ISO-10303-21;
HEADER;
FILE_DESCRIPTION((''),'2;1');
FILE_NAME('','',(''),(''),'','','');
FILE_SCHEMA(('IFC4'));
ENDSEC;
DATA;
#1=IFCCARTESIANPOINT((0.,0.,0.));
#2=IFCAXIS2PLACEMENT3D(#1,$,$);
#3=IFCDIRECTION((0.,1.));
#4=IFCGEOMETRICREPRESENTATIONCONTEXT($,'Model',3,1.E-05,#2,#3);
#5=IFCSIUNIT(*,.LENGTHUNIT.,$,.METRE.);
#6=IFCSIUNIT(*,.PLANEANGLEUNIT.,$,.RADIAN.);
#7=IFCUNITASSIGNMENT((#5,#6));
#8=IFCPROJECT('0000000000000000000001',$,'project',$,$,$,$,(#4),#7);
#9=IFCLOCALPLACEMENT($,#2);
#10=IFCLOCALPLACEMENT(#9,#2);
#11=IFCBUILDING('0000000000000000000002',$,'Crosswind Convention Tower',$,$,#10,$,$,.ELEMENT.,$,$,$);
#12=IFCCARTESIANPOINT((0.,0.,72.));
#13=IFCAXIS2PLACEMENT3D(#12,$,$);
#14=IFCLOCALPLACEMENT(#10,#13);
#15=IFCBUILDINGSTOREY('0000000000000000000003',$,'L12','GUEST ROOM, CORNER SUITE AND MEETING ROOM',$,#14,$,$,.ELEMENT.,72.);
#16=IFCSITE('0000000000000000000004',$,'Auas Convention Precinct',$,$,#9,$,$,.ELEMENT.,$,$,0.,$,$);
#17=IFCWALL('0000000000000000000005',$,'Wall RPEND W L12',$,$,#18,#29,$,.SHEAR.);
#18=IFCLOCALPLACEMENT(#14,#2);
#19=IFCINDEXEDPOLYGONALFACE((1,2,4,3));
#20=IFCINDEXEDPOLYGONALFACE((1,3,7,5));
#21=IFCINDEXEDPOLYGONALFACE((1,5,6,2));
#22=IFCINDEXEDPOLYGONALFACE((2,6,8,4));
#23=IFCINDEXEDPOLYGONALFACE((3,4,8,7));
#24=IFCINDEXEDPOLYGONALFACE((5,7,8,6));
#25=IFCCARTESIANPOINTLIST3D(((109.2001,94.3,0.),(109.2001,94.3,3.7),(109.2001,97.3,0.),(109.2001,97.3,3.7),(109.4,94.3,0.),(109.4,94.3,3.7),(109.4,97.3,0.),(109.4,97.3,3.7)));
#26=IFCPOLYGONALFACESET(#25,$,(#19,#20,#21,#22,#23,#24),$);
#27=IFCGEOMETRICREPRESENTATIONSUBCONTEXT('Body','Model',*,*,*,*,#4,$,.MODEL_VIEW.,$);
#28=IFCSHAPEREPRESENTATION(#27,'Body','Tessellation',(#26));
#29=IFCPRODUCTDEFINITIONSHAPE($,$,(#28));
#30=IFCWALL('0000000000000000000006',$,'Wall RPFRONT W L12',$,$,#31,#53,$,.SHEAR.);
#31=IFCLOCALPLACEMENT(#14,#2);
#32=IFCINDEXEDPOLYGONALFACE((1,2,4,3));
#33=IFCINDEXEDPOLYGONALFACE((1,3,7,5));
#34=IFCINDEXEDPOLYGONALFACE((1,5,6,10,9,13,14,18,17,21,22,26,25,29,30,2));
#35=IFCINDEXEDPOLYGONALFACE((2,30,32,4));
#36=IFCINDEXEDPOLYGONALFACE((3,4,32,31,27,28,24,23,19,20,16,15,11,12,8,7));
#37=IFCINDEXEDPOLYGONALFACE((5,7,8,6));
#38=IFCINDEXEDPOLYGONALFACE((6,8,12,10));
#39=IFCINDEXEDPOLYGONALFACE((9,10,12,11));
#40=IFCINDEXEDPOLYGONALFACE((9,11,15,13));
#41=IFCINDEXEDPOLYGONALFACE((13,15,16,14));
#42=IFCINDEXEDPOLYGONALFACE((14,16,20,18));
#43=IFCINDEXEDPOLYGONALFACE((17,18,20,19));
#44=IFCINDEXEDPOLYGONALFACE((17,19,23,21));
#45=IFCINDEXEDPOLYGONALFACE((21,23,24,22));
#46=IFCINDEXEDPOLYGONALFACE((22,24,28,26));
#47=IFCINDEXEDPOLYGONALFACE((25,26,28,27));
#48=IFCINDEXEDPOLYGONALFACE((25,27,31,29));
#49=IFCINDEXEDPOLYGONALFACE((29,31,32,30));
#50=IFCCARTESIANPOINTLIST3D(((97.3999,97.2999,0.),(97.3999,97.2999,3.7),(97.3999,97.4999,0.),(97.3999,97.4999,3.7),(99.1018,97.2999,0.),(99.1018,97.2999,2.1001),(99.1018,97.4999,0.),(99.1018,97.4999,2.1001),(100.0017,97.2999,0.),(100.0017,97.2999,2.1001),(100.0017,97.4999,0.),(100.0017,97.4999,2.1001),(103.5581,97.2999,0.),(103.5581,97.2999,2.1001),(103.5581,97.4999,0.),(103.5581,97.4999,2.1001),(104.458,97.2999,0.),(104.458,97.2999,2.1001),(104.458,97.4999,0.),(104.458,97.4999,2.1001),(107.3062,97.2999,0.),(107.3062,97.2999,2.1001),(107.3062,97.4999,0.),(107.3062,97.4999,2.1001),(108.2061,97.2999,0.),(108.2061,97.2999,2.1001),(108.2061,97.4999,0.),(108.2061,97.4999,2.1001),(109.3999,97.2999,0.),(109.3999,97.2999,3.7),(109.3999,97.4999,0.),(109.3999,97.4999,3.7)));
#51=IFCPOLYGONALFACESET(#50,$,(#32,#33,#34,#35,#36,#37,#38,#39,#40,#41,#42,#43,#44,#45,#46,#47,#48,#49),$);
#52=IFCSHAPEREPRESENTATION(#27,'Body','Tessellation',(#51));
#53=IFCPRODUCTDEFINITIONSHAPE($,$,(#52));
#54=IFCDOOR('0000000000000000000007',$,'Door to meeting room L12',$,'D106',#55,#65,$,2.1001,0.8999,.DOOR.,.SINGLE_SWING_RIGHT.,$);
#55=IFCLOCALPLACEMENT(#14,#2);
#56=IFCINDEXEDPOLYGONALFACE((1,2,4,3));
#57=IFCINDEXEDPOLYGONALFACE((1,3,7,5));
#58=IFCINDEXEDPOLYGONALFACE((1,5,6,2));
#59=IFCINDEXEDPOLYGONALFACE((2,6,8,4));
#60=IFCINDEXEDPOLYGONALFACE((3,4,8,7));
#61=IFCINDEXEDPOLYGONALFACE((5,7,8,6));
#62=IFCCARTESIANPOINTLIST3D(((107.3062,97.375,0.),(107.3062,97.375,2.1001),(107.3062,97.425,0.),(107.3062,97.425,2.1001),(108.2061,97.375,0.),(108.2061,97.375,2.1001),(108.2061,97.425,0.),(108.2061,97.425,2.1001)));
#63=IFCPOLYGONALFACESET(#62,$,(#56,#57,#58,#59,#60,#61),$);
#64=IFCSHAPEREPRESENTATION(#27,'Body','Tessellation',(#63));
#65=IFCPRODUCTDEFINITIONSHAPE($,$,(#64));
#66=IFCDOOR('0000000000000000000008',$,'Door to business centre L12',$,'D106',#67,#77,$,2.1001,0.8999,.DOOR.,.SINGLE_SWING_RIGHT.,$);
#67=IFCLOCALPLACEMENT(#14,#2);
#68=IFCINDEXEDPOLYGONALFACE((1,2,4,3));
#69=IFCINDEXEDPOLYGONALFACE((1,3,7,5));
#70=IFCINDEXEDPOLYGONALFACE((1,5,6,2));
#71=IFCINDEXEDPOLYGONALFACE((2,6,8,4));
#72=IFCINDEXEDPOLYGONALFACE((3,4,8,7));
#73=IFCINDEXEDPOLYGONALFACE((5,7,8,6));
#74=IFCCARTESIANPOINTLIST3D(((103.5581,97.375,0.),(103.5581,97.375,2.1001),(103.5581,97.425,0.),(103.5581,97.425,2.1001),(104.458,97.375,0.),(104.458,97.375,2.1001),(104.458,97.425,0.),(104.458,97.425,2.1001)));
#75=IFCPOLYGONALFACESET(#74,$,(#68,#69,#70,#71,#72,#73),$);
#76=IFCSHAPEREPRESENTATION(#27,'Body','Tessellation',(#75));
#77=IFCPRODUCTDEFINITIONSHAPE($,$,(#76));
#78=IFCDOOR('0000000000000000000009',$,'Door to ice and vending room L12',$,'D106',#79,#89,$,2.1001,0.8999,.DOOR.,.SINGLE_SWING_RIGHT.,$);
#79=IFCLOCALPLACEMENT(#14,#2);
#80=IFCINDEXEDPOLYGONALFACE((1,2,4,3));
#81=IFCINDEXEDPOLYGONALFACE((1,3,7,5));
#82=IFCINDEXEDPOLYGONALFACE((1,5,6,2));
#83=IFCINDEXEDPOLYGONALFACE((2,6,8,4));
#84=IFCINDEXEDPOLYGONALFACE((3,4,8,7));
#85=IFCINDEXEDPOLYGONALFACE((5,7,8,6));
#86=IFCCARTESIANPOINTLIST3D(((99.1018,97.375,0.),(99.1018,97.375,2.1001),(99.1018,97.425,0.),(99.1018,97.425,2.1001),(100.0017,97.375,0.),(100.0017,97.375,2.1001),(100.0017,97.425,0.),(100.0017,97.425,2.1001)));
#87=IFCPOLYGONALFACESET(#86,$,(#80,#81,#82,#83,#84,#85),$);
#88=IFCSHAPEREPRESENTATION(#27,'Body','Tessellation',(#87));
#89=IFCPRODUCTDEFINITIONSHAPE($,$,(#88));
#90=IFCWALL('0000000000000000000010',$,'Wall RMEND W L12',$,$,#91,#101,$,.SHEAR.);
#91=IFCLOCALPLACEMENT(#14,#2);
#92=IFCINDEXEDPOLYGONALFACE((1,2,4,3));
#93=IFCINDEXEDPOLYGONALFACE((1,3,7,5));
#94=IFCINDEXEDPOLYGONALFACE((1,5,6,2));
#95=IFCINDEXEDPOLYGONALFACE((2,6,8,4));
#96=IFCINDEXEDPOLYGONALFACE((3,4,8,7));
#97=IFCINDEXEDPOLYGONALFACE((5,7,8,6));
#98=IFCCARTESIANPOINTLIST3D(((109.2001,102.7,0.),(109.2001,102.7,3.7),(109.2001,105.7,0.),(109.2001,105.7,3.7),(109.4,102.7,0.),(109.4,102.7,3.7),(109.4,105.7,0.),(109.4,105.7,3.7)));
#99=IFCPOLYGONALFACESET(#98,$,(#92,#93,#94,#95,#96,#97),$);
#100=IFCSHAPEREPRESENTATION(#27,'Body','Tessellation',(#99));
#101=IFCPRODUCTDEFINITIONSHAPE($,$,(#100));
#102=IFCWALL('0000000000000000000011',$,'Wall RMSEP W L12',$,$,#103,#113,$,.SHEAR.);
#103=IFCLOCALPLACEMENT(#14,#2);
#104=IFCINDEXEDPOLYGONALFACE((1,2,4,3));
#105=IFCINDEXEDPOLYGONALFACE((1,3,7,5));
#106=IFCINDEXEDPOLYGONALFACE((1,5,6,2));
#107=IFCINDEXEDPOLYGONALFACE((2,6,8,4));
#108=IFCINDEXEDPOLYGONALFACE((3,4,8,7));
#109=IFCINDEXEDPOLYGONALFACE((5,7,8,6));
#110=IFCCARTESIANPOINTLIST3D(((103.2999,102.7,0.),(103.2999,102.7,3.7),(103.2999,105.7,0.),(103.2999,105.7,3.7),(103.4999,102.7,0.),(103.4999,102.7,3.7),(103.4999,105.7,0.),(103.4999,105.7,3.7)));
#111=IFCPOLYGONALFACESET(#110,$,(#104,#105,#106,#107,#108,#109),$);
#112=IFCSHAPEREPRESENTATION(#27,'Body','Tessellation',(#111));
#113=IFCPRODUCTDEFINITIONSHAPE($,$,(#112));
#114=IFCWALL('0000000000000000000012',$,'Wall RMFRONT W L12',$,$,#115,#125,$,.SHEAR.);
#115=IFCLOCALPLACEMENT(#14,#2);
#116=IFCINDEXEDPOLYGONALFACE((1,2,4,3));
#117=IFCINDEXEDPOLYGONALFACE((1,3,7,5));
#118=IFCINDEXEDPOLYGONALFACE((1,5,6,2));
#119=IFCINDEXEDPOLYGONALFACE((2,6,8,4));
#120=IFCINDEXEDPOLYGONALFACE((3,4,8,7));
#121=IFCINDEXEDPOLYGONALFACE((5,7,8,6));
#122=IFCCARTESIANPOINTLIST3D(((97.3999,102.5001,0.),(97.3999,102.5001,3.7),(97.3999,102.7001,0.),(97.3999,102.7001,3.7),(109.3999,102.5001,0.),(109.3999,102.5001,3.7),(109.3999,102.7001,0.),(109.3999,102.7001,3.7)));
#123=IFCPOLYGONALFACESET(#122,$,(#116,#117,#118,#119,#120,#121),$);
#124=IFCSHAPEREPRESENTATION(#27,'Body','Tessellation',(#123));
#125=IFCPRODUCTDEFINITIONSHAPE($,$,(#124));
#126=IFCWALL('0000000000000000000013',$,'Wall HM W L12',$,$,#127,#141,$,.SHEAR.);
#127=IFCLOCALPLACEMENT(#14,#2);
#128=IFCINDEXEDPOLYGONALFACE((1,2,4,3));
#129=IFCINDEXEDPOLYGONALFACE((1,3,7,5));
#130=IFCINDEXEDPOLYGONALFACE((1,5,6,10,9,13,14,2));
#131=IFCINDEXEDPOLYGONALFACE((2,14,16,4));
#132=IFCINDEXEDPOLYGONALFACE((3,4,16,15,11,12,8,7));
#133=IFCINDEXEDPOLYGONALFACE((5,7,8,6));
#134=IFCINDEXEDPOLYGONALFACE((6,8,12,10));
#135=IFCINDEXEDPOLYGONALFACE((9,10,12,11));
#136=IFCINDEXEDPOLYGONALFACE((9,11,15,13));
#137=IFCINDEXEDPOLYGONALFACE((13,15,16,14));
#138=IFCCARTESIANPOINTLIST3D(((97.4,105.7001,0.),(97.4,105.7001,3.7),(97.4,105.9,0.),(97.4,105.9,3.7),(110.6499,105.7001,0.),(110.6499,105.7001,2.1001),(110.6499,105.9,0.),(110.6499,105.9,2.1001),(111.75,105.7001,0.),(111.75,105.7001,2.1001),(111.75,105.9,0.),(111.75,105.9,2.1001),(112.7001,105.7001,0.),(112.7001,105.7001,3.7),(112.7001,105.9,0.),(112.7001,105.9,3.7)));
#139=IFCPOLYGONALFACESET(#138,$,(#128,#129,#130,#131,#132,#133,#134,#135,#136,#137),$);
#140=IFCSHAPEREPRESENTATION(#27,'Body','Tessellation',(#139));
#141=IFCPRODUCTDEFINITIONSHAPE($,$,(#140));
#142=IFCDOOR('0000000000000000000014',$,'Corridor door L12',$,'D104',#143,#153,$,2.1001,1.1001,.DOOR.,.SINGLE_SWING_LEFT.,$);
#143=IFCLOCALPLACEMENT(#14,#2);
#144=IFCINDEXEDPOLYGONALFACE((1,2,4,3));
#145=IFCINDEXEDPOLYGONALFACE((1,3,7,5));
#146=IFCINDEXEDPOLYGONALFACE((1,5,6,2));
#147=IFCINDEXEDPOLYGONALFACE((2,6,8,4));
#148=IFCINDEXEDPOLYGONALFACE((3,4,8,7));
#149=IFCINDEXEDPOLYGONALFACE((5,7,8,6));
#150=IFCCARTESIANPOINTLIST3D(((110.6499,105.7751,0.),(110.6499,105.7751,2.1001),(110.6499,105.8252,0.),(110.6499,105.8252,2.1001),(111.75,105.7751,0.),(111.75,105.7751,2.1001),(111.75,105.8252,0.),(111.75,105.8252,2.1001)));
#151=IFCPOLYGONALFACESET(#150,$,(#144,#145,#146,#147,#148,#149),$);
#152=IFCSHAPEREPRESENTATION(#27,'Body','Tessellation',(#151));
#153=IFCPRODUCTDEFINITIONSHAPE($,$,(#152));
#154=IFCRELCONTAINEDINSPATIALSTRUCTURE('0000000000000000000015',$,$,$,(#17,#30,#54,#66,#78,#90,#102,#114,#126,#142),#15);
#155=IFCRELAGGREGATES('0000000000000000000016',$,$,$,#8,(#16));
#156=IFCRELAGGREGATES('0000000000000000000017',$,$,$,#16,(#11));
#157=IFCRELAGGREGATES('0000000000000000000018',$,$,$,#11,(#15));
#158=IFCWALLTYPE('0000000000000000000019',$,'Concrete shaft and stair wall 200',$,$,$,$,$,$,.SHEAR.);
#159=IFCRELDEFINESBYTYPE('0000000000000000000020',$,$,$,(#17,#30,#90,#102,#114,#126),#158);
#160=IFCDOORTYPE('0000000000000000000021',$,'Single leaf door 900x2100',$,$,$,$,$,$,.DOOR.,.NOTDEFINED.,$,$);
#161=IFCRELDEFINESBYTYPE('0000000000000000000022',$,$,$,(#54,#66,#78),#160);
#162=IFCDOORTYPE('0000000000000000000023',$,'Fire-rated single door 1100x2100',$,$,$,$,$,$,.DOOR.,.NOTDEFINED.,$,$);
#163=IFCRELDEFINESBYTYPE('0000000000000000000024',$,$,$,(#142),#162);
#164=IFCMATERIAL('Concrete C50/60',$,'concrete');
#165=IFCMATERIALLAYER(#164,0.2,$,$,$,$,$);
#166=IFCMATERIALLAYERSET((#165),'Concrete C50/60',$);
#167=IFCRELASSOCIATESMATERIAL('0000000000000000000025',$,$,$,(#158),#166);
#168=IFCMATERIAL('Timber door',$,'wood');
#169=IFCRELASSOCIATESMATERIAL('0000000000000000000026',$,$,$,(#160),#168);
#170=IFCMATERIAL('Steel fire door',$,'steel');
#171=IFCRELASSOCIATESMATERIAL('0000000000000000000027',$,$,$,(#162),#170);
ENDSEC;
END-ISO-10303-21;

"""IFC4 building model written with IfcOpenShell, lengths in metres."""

from ifc_helpers import new_model, si_unit, direction, frame, frame_2d, origin, place, context, subcontext, project, spatial, rectangle, extrude, material, layer, layer_set, type_object, element, fill, save


model = new_model("IFC4")

# Units and contexts
model_context = context("Model", 3, precision=1e-05, world=origin(), true_north=direction((0.0, 1.0)))
body_context = subcontext(model_context, "Body", "Model", "MODEL_VIEW")
ifc_project = project(units=[si_unit("LENGTHUNIT", "METRE"), si_unit("PLANEANGLEUNIT", "RADIAN")], contexts=[model_context])

# Site, building, storey
site_placement = place(None, origin())
site = spatial("IfcSite", under=ifc_project, at=site_placement, Name="Auas Convention Precinct", CompositionType="ELEMENT", RefElevation=0.0)
building_placement = place(site_placement, origin())
building = spatial("IfcBuilding", under=site, at=building_placement, Name="Crosswind Convention Tower", CompositionType="ELEMENT")
storey_placement = place(building_placement, frame((0.0, 0.0, 72.0)))
storey = spatial("IfcBuildingStorey", under=building, at=storey_placement, Name="L12", Description="GUEST ROOM, CORNER SUITE AND MEETING ROOM", CompositionType="ELEMENT", Elevation=72.0)

# Shared definitions
ifc_material_1 = material(Name="Concrete C50/60", Category="concrete")

# Wall
ifc_layer_1 = layer(ifc_material_1, 0.2)
ifc_layer_set_1 = layer_set([ifc_layer_1], Name="Concrete C50/60")
wall_type_1 = type_object("IfcWallType", Name="Concrete shaft and stair wall 200", PredefinedType="SHEAR", material=ifc_layer_set_1)
wall_1_placement = place(storey_placement, frame((109.3, 97.3, 0.0), z_axis=(0.0, 0.0, 1.0), x_axis=(0.0, -1.0, 0.0)))
element("IfcWall", 1, at=wall_1_placement, inside=storey, type_object=wall_type_1, Name="Wall RPEND W L12", PredefinedType="SHEAR", context=body_context, shape_type="SweptSolid", body=[
    extrude(rectangle(XDim=3.0, YDim=0.2, at=frame_2d((1.5, 0.0))), origin(), (0.0, 0.0, 1.0), 3.7),
])

# Wall, openings, doors
wall_2_placement = place(storey_placement, frame((109.3999, 97.3999, 0.0), z_axis=(0.0, 0.0, 1.0), x_axis=(-1.0, 0.0, 0.0)))
wall_2 = element("IfcWall", 2, at=wall_2_placement, inside=storey, type_object=wall_type_1, Name="Wall RPFRONT W L12", PredefinedType="SHEAR", context=body_context, shape_type="SweptSolid", body=[
    extrude(rectangle(XDim=12.0, YDim=0.2, at=frame_2d((6.0, 0.0))), origin(), (0.0, 0.0, 1.0), 3.7),
])
opening_1_placement = place(wall_2_placement, frame((1.1938, 0.0, 0.0)))
opening_1 = element("IfcOpeningElement", 3, at=opening_1_placement, cuts=wall_2, PredefinedType="OPENING", context=body_context, shape_type="SweptSolid", body=[
    extrude(rectangle(XDim=0.8999, YDim=2.1001, at=frame_2d((0.45, 1.05))), frame((0.0, 0.1099, 0.0), z_axis=(0.0, -1.0, 0.0), x_axis=(1.0, 0.0, 0.0)), (0.0, 0.0, 1.0), 0.22),
])
opening_2_placement = place(wall_2_placement, frame((4.9419, 0.0, 0.0)))
opening_2 = element("IfcOpeningElement", 4, at=opening_2_placement, cuts=wall_2, PredefinedType="OPENING", context=body_context, shape_type="SweptSolid", body=[
    extrude(rectangle(XDim=0.8999, YDim=2.1001, at=frame_2d((0.45, 1.05))), frame((0.0, 0.1099, 0.0), z_axis=(0.0, -1.0, 0.0), x_axis=(1.0, 0.0, 0.0)), (0.0, 0.0, 1.0), 0.22),
])
opening_3_placement = place(wall_2_placement, frame((9.3982, 0.0, 0.0)))
opening_3 = element("IfcOpeningElement", 5, at=opening_3_placement, cuts=wall_2, PredefinedType="OPENING", context=body_context, shape_type="SweptSolid", body=[
    extrude(rectangle(XDim=0.8999, YDim=2.1001, at=frame_2d((0.45, 1.05))), frame((0.0, 0.1099, 0.0), z_axis=(0.0, -1.0, 0.0), x_axis=(1.0, 0.0, 0.0)), (0.0, 0.0, 1.0), 0.22),
])
ifc_material_2 = material(Name="Timber door", Category="wood")
door_type_1 = type_object("IfcDoorType", Name="Single leaf door 900x2100", OperationType="NOTDEFINED", PredefinedType="DOOR", material=ifc_material_2)
door_1_placement = place(opening_1_placement, origin())
door_1 = element("IfcDoor", 6, at=door_1_placement, inside=storey, type_object=door_type_1, Name="Door to meeting room L12", ObjectType="D106", OperationType="SINGLE_SWING_RIGHT", OverallHeight=2.1001, OverallWidth=0.8999, PredefinedType="DOOR", context=body_context, shape_type="SweptSolid", body=[
    extrude(rectangle(XDim=0.8999, YDim=2.1001, at=frame_2d((0.45, 1.05))), frame((0.0, 0.0249, 0.0), z_axis=(0.0, -1.0, 0.0), x_axis=(1.0, 0.0, 0.0)), (0.0, 0.0, 1.0), 0.05),
])
fill(opening_1, door_1)
door_2_placement = place(opening_2_placement, origin())
door_2 = element("IfcDoor", 7, at=door_2_placement, inside=storey, type_object=door_type_1, Name="Door to business centre L12", ObjectType="D106", OperationType="SINGLE_SWING_RIGHT", OverallHeight=2.1001, OverallWidth=0.8999, PredefinedType="DOOR", context=body_context, shape_type="SweptSolid", body=[
    extrude(rectangle(XDim=0.8999, YDim=2.1001, at=frame_2d((0.45, 1.05))), frame((0.0, 0.0249, 0.0), z_axis=(0.0, -1.0, 0.0), x_axis=(1.0, 0.0, 0.0)), (0.0, 0.0, 1.0), 0.05),
])
fill(opening_2, door_2)
door_3_placement = place(opening_3_placement, origin())
door_3 = element("IfcDoor", 8, at=door_3_placement, inside=storey, type_object=door_type_1, Name="Door to ice and vending room L12", ObjectType="D106", OperationType="SINGLE_SWING_RIGHT", OverallHeight=2.1001, OverallWidth=0.8999, PredefinedType="DOOR", context=body_context, shape_type="SweptSolid", body=[
    extrude(rectangle(XDim=0.8999, YDim=2.1001, at=frame_2d((0.45, 1.05))), frame((0.0, 0.0249, 0.0), z_axis=(0.0, -1.0, 0.0), x_axis=(1.0, 0.0, 0.0)), (0.0, 0.0, 1.0), 0.05),
])
fill(opening_3, door_3)

# Walls
for number, where, z_axis, x_axis, name in (
    (9, (109.3, 105.7, 0.0), (0.0, 0.0, 1.0), (0.0, -1.0, 0.0), "Wall RMEND W L12"),
    (10, (103.3999, 105.7, 0.0), (0.0, 0.0, 1.0), (0.0, -1.0, 0.0), "Wall RMSEP W L12"),
):
    element("IfcWall", number, at=place(storey_placement, frame(where, z_axis=z_axis, x_axis=x_axis)), inside=storey, type_object=wall_type_1, Name=name, PredefinedType="SHEAR", context=body_context, shape_type="SweptSolid", body=[
        extrude(rectangle(XDim=3.0, YDim=0.2, at=frame_2d((1.5, 0.0))), origin(), (0.0, 0.0, 1.0), 3.7),
    ])
wall_3_placement = place(storey_placement, frame((109.3999, 102.6001, 0.0), z_axis=(0.0, 0.0, 1.0), x_axis=(-1.0, 0.0, 0.0)))
element("IfcWall", 11, at=wall_3_placement, inside=storey, type_object=wall_type_1, Name="Wall RMFRONT W L12", PredefinedType="SHEAR", context=body_context, shape_type="SweptSolid", body=[
    extrude(rectangle(XDim=12.0, YDim=0.2, at=frame_2d((6.0, 0.0))), origin(), (0.0, 0.0, 1.0), 3.7),
])

# Wall, opening, door
wall_4_placement = place(storey_placement, frame((112.7, 105.8, 0.0), z_axis=(0.0, 0.0, 1.0), x_axis=(-1.0, 0.0, 0.0)))
wall_4 = element("IfcWall", 12, at=wall_4_placement, inside=storey, type_object=wall_type_1, Name="Wall HM W L12", PredefinedType="SHEAR", context=body_context, shape_type="SweptSolid", body=[
    extrude(rectangle(XDim=15.3, YDim=0.2, at=frame_2d((7.6499, 0.0))), origin(), (0.0, 0.0, 1.0), 3.7),
])
opening_4_placement = place(wall_4_placement, frame((0.95, 0.0, 0.0)))
opening_4 = element("IfcOpeningElement", 13, at=opening_4_placement, cuts=wall_4, PredefinedType="OPENING", context=body_context, shape_type="SweptSolid", body=[
    extrude(rectangle(XDim=1.1001, YDim=2.1001, at=frame_2d((0.55, 1.05))), frame((0.0, 0.1099, 0.0), z_axis=(0.0, -1.0, 0.0), x_axis=(1.0, 0.0, 0.0)), (0.0, 0.0, 1.0), 0.22),
])
ifc_material_3 = material(Name="Steel fire door", Category="steel")
door_type_2 = type_object("IfcDoorType", Name="Fire-rated single door 1100x2100", OperationType="NOTDEFINED", PredefinedType="DOOR", material=ifc_material_3)
door_4_placement = place(opening_4_placement, origin())
door_4 = element("IfcDoor", 14, at=door_4_placement, inside=storey, type_object=door_type_2, Name="Corridor door L12", ObjectType="D104", OperationType="SINGLE_SWING_LEFT", OverallHeight=2.1001, OverallWidth=1.1001, PredefinedType="DOOR", context=body_context, shape_type="SweptSolid", body=[
    extrude(rectangle(XDim=1.1001, YDim=2.1001, at=frame_2d((0.55, 1.05))), frame((0.0, 0.0249, 0.0), z_axis=(0.0, -1.0, 0.0), x_axis=(1.0, 0.0, 0.0)), (0.0, 0.0, 1.0), 0.05),
])
fill(opening_4, door_4)

save(model, "model.ifc")
